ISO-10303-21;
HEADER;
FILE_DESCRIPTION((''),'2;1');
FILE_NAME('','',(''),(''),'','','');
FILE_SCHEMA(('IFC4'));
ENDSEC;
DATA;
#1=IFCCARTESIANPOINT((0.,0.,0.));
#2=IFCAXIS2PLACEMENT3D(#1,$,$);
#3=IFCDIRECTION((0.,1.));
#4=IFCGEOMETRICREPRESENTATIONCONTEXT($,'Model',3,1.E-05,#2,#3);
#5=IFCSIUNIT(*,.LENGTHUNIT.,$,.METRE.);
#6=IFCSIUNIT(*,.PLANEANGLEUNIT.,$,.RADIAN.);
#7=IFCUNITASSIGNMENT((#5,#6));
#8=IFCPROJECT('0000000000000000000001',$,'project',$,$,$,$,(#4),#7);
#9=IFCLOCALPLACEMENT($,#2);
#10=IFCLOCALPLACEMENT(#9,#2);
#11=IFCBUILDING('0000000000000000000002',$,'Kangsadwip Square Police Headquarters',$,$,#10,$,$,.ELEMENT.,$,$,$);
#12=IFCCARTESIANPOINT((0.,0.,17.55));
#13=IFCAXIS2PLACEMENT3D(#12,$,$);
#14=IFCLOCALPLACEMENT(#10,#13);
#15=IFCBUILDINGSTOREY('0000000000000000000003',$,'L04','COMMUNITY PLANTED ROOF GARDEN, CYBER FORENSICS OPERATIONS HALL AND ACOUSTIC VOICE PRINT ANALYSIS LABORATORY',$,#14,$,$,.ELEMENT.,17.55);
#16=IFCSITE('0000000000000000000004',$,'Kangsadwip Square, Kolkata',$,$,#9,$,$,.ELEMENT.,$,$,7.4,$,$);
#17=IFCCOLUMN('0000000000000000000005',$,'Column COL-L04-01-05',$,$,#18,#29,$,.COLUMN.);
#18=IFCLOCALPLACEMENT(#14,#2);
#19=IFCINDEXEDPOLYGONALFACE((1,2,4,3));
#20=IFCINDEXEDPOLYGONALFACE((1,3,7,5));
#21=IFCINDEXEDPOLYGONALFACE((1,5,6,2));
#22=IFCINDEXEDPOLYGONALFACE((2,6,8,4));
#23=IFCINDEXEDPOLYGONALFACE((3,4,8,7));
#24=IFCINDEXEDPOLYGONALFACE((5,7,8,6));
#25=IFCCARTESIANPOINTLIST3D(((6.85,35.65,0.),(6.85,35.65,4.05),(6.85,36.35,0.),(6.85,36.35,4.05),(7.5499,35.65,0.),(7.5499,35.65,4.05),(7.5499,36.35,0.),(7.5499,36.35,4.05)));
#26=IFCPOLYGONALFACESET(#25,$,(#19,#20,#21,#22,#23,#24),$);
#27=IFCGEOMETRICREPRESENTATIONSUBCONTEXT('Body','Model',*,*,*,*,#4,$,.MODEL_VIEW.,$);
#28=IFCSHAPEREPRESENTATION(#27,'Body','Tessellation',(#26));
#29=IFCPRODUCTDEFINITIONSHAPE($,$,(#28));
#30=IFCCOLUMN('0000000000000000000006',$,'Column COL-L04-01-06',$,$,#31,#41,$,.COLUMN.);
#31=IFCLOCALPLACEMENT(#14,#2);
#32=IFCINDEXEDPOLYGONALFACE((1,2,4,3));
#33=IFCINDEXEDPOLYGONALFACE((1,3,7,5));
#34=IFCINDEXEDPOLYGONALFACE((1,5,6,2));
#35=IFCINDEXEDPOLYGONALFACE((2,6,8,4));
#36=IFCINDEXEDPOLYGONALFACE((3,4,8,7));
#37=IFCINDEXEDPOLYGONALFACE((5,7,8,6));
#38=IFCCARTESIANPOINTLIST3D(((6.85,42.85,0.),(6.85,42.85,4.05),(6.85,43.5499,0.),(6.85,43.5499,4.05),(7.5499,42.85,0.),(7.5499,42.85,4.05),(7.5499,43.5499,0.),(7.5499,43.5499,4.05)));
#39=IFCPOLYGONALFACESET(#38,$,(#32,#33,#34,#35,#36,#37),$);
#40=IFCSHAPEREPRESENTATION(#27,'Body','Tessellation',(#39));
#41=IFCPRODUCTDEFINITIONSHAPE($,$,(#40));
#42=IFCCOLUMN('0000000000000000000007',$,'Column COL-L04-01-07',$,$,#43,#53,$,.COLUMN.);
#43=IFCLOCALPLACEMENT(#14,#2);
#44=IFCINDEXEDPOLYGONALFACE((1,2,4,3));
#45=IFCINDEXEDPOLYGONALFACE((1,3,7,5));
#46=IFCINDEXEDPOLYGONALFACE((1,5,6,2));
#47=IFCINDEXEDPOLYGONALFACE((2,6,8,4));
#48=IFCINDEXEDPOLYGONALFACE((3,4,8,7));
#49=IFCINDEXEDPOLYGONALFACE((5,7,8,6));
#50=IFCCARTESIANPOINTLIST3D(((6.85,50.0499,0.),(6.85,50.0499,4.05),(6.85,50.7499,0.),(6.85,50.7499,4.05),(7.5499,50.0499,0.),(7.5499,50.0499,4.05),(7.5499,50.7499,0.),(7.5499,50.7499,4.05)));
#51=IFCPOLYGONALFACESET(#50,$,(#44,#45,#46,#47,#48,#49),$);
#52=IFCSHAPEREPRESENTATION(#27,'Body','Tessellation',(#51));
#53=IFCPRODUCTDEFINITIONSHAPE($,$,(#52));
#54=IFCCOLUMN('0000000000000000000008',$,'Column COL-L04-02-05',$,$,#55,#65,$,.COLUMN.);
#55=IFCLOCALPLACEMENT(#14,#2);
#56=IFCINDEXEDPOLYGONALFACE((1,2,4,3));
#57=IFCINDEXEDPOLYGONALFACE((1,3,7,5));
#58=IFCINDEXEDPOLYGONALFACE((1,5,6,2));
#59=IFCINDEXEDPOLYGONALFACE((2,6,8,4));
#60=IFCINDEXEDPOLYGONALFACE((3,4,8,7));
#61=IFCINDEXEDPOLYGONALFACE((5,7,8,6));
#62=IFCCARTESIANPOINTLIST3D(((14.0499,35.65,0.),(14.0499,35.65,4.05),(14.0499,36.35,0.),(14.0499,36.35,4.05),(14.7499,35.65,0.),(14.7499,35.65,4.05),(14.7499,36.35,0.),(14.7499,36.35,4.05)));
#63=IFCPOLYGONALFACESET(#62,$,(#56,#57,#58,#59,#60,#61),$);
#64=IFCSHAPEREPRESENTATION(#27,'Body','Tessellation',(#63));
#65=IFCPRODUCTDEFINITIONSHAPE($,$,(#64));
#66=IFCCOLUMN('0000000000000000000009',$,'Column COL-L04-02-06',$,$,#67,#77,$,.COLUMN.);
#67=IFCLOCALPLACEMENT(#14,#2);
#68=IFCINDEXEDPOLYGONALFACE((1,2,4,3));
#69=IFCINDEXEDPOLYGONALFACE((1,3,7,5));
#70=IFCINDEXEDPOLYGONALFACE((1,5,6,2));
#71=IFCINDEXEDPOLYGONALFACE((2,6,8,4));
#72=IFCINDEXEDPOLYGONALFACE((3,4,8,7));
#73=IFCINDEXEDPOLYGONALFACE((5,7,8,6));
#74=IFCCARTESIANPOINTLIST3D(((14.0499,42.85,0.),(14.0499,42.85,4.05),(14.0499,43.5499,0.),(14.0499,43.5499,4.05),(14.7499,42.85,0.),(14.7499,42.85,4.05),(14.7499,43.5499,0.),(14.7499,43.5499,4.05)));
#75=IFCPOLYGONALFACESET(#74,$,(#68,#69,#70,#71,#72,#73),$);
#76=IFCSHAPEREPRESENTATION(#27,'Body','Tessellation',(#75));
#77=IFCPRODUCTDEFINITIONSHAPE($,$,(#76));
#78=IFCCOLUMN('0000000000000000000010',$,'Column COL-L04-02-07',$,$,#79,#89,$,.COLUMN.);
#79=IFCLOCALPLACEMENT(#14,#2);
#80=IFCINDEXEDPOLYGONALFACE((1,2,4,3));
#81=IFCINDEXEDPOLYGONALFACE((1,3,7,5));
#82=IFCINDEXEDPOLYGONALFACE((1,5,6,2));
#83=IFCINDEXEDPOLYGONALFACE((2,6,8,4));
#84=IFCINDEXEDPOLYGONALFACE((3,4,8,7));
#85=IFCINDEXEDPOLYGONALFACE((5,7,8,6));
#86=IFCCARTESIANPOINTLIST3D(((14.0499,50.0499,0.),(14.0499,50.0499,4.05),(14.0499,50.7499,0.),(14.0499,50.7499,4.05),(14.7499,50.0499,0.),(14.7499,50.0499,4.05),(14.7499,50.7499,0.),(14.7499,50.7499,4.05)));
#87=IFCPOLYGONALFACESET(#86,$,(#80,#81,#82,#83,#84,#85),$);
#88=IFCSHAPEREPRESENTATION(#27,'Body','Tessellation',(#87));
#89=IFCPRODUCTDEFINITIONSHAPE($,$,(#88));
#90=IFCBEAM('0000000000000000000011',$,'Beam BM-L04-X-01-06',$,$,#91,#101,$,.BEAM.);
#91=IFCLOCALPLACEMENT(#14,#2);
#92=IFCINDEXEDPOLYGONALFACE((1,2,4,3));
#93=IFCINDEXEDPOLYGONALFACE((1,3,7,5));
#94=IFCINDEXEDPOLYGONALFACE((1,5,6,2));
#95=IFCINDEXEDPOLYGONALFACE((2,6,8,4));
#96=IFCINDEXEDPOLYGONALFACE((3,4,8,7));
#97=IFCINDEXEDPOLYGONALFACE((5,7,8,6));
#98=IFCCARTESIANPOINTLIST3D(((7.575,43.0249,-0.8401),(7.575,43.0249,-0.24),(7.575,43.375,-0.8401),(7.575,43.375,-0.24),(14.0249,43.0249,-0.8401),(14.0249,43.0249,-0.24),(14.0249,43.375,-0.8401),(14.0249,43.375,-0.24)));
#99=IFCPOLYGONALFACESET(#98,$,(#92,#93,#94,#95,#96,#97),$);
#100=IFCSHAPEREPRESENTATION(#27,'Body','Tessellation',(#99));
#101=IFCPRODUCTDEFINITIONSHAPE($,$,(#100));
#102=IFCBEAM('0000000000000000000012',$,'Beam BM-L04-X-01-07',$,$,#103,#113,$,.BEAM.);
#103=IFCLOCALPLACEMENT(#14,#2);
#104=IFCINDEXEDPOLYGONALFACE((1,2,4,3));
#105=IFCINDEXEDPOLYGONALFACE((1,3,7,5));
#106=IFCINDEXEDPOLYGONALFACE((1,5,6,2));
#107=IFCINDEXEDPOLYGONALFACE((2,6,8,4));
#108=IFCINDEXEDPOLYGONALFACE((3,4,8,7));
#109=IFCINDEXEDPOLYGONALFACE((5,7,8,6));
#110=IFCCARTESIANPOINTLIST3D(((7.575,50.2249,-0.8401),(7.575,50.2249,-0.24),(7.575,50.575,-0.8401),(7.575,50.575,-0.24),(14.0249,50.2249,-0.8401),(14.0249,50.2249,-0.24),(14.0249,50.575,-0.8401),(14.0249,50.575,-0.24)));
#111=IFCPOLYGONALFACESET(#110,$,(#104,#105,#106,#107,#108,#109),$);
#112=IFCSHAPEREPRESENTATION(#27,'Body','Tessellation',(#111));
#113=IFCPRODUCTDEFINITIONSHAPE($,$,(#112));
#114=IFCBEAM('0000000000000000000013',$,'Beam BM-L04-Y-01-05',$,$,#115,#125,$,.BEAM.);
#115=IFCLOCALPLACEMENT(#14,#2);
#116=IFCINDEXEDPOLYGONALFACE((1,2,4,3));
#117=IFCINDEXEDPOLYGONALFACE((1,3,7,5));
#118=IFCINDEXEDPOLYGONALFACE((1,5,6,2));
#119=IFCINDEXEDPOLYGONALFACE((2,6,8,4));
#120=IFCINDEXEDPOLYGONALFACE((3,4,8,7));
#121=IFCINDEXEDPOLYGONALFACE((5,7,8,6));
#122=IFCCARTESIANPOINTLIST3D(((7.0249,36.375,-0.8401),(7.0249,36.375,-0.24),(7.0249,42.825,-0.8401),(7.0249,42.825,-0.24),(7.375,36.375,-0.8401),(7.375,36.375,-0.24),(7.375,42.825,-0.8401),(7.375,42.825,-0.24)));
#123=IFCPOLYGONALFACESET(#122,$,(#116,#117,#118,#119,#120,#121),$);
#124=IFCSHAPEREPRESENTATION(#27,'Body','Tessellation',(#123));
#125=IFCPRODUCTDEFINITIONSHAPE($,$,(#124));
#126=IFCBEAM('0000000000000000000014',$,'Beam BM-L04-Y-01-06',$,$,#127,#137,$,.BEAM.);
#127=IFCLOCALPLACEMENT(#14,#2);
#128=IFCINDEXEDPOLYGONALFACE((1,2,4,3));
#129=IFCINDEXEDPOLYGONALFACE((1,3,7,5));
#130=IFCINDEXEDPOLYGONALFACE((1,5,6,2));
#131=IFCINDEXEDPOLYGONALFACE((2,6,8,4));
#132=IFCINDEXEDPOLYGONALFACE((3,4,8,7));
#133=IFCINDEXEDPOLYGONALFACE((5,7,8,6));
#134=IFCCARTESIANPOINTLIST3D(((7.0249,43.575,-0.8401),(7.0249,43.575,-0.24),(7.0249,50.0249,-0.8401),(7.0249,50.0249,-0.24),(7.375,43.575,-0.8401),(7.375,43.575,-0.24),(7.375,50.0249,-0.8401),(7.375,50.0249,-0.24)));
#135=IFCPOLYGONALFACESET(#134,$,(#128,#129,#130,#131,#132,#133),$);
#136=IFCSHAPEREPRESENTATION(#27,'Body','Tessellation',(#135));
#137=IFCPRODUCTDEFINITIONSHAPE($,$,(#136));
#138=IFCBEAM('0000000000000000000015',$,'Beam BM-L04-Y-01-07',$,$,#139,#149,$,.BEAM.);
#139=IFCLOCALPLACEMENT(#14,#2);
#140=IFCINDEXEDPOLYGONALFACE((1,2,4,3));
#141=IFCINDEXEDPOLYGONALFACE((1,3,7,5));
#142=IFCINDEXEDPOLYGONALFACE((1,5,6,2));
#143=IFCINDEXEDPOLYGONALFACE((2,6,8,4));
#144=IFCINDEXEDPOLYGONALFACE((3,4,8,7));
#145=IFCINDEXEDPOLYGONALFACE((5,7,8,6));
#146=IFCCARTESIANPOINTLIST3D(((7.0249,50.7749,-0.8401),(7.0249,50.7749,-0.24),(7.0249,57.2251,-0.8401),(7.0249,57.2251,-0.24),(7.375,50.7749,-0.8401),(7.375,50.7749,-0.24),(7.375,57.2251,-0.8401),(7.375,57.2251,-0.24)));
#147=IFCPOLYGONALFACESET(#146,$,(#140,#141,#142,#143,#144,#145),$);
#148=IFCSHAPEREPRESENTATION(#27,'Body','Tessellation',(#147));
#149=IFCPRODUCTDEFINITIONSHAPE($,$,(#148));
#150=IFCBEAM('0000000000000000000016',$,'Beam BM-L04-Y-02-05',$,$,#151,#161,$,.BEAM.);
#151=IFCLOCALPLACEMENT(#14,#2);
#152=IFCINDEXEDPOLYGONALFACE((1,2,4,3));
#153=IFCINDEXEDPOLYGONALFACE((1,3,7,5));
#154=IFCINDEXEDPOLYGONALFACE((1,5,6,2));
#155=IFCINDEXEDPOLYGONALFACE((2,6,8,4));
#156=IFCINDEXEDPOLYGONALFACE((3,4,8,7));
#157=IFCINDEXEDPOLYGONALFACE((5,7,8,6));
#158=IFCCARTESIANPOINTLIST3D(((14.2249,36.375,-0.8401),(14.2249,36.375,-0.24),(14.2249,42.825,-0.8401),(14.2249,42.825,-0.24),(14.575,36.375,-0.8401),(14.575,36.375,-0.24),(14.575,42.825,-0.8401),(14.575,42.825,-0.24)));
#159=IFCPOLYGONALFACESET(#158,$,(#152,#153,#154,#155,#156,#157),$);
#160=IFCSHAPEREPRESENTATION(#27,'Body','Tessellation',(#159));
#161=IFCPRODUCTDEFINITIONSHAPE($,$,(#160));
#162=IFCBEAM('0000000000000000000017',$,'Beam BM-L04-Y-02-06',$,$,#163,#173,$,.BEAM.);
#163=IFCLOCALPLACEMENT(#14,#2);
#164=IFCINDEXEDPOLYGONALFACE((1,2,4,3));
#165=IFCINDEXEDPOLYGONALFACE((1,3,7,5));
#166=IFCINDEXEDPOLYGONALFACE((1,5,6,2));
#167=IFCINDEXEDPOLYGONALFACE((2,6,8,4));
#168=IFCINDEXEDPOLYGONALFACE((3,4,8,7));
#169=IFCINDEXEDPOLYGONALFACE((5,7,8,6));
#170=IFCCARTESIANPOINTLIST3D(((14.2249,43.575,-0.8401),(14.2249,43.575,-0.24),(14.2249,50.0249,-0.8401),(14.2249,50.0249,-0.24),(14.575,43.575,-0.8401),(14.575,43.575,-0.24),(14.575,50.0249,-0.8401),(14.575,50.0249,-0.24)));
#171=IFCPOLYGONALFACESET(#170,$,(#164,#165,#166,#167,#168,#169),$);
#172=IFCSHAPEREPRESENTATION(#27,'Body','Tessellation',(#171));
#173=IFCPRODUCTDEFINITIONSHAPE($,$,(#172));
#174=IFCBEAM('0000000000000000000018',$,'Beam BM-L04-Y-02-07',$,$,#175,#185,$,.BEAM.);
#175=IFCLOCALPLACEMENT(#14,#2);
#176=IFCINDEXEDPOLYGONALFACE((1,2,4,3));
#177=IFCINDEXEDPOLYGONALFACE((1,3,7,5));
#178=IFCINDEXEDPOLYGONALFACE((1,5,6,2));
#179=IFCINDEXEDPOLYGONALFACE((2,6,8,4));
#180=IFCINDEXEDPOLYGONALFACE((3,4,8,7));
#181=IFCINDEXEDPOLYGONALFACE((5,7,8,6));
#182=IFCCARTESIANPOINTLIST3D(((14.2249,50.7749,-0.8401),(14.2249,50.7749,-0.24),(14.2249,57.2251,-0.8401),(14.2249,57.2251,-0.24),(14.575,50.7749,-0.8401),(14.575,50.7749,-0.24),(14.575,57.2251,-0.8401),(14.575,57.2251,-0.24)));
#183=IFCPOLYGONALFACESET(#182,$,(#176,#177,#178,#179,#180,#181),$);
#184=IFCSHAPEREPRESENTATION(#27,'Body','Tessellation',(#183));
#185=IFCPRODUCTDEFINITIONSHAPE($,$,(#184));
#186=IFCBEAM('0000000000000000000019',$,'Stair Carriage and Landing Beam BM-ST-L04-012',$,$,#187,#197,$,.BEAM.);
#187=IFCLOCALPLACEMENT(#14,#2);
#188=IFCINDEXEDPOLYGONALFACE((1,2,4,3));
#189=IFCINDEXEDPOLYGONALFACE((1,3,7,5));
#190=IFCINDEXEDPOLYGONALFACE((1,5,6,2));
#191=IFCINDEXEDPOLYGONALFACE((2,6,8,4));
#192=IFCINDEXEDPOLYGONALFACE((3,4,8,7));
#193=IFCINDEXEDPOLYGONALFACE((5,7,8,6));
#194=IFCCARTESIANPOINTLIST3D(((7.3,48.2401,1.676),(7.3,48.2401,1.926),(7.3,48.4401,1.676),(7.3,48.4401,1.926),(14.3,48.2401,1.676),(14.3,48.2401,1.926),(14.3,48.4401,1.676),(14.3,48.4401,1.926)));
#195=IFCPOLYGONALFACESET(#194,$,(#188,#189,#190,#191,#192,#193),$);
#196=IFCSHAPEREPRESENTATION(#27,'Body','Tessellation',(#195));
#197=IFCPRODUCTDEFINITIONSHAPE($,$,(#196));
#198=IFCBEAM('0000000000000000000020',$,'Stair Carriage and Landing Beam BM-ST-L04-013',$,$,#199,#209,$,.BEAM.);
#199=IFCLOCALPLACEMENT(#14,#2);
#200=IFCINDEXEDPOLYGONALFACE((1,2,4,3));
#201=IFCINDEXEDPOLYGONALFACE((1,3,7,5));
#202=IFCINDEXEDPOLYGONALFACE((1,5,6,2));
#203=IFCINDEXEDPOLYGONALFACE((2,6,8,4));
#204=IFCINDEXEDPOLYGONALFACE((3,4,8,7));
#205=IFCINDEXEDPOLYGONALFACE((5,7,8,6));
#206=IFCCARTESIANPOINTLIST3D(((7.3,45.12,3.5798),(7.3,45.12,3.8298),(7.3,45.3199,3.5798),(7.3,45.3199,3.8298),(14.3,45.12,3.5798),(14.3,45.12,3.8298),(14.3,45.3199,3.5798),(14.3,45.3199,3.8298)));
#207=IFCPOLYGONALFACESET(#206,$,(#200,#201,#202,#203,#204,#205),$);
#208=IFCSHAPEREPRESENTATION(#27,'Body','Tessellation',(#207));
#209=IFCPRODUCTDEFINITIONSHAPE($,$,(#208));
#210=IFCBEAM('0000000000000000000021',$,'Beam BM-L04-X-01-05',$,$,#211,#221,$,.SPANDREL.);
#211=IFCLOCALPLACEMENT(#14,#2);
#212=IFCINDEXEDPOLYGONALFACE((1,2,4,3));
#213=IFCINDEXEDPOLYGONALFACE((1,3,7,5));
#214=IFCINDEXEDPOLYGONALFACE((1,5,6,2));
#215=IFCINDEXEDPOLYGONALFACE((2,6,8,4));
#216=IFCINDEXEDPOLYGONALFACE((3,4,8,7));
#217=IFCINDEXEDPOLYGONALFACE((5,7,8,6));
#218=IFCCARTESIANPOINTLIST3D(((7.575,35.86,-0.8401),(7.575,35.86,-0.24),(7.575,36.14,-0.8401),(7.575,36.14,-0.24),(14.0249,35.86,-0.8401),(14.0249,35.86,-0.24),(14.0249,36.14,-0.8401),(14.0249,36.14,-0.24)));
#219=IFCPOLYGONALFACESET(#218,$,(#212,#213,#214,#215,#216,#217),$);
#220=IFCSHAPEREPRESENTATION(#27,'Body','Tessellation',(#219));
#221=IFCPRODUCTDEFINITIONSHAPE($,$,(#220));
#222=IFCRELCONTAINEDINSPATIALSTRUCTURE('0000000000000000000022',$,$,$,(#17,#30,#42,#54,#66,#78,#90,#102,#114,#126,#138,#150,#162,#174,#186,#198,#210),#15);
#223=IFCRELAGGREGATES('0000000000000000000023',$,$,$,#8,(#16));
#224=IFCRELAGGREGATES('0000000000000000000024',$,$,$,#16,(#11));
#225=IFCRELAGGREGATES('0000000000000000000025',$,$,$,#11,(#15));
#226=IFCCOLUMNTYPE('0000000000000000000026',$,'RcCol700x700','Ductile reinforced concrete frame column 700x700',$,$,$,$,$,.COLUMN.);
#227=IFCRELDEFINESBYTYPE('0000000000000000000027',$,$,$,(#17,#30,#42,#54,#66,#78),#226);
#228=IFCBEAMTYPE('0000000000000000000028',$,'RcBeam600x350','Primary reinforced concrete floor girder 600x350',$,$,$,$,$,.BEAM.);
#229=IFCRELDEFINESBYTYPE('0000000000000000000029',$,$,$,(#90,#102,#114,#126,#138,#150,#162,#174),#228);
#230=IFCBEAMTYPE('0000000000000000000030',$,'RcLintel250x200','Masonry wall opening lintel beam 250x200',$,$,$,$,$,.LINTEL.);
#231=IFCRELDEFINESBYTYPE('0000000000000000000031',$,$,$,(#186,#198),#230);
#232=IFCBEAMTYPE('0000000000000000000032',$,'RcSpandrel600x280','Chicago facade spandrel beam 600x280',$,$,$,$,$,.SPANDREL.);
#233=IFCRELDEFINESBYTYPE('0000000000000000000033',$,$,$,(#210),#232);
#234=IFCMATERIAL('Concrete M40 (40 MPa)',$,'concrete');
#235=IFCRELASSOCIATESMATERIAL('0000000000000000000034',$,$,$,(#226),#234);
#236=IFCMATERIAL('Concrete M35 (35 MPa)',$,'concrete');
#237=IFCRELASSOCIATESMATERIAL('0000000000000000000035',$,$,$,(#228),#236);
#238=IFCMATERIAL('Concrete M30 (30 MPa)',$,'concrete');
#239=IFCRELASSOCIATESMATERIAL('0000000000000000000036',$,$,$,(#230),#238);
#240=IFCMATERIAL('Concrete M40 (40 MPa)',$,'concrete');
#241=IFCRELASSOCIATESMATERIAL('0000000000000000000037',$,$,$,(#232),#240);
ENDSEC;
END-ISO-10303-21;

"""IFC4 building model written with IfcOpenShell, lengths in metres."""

from ifc_helpers import new_model, si_unit, direction, frame, origin, origin_2d, place, context, subcontext, project, spatial, rectangle, extrude, material, material_profile, profile_set, type_object, element, save


model = new_model("IFC4")

# Units and contexts
model_context = context("Model", 3, precision=1e-05, world=origin(), true_north=direction((0.0, 1.0)))
body_context = subcontext(model_context, "Body", "Model", "MODEL_VIEW")
ifc_project = project(units=[si_unit("LENGTHUNIT", "METRE"), si_unit("PLANEANGLEUNIT", "RADIAN")], contexts=[model_context])

# Site, building, storey
site_placement = place(None, origin())
site = spatial("IfcSite", under=ifc_project, at=site_placement, Name="Kangsadwip Square, Kolkata", CompositionType="ELEMENT", RefElevation=7.4)
building_placement = place(site_placement, origin())
building = spatial("IfcBuilding", under=site, at=building_placement, Name="Kangsadwip Square Police Headquarters", CompositionType="ELEMENT")
storey_placement = place(building_placement, frame((0.0, 0.0, 17.55)))
storey = spatial("IfcBuildingStorey", under=building, at=storey_placement, Name="L04", Description="COMMUNITY PLANTED ROOF GARDEN, CYBER FORENSICS OPERATIONS HALL AND ACOUSTIC VOICE PRINT ANALYSIS LABORATORY", CompositionType="ELEMENT", Elevation=17.55)

# Columns
ifc_material_1 = material(Name="Concrete M40 (40 MPa)", Category="concrete")
ifc_material_profile_1 = material_profile(ifc_material_1, rectangle(XDim=0.7, YDim=0.7, at=origin_2d()), Name="RC COL 700X700")
ifc_profile_set_1 = profile_set([ifc_material_profile_1], Name="Concrete M40 (40 MPa)")
column_type = type_object("IfcColumnType", Name="RcCol700x700", Description="Ductile reinforced concrete frame column 700x700", PredefinedType="COLUMN", material=ifc_profile_set_1)
for number, where, z_axis, x_axis, name in (
    (1, (7.2, 36.0, 0.0), (0.0, 0.0, 1.0), (1.0, 0.0, 0.0), "Column COL-L04-01-05"),
    (2, (7.2, 43.2, 0.0), (0.0, 0.0, 1.0), (1.0, 0.0, 0.0), "Column COL-L04-01-06"),
    (3, (7.2, 50.3999, 0.0), (0.0, 0.0, 1.0), (1.0, 0.0, 0.0), "Column COL-L04-01-07"),
    (4, (14.3999, 36.0, 0.0), (0.0, 0.0, 1.0), (1.0, 0.0, 0.0), "Column COL-L04-02-05"),
    (5, (14.3999, 43.2, 0.0), (0.0, 0.0, 1.0), (1.0, 0.0, 0.0), "Column COL-L04-02-06"),
    (6, (14.3999, 50.3999, 0.0), (0.0, 0.0, 1.0), (1.0, 0.0, 0.0), "Column COL-L04-02-07"),
):
    element("IfcColumn", number, at=place(storey_placement, frame(where, z_axis=z_axis, x_axis=x_axis)), inside=storey, type_object=column_type, Name=name, PredefinedType="COLUMN", context=body_context, shape_type="SweptSolid", body=[
        extrude(rectangle(XDim=0.7, YDim=0.7, at=origin_2d()), origin(), (0.0, 0.0, 1.0), 4.05),
    ])

# Beams
ifc_material_2 = material(Name="Concrete M35 (35 MPa)", Category="concrete")
ifc_material_profile_2 = material_profile(ifc_material_2, rectangle(XDim=0.3501, YDim=0.6001, at=origin_2d()), Name="RC BM 600X350")
ifc_profile_set_2 = profile_set([ifc_material_profile_2], Name="Concrete M35 (35 MPa)")
beam_type_1 = type_object("IfcBeamType", Name="RcBeam600x350", Description="Primary reinforced concrete floor girder 600x350", PredefinedType="BEAM", material=ifc_profile_set_2)
for number, where, z_axis, x_axis, name in (
    (7, (7.575, 43.2, -0.54), (1.0, 0.0, 0.0), (0.0, 1.0, 0.0), "Beam BM-L04-X-01-06"),
    (8, (7.575, 50.3999, -0.54), (1.0, 0.0, 0.0), (0.0, 1.0, 0.0), "Beam BM-L04-X-01-07"),
    (9, (7.2, 36.375, -0.54), (0.0, 1.0, 0.0), (-1.0, 0.0, 0.0), "Beam BM-L04-Y-01-05"),
    (10, (7.2, 43.575, -0.54), (0.0, 1.0, 0.0), (-1.0, 0.0, 0.0), "Beam BM-L04-Y-01-06"),
):
    element("IfcBeam", number, at=place(storey_placement, frame(where, z_axis=z_axis, x_axis=x_axis)), inside=storey, type_object=beam_type_1, Name=name, PredefinedType="BEAM", context=body_context, shape_type="SweptSolid", body=[
        extrude(rectangle(XDim=0.3501, YDim=0.6001, at=origin_2d()), origin(), (0.0, 0.0, 1.0), 6.45),
    ])
beam_1_placement = place(storey_placement, frame((7.2, 50.7749, -0.54), z_axis=(0.0, 1.0, 0.0), x_axis=(-1.0, 0.0, 0.0)))
element("IfcBeam", 11, at=beam_1_placement, inside=storey, type_object=beam_type_1, Name="Beam BM-L04-Y-01-07", PredefinedType="BEAM", context=body_context, shape_type="SweptSolid", body=[
    extrude(rectangle(XDim=0.3501, YDim=0.6001, at=origin_2d()), origin(), (0.0, 0.0, 1.0), 6.4502),
])
for number, where, z_axis, x_axis, name in (
    (12, (14.3999, 36.375, -0.54), (0.0, 1.0, 0.0), (-1.0, 0.0, 0.0), "Beam BM-L04-Y-02-05"),
    (13, (14.3999, 43.575, -0.54), (0.0, 1.0, 0.0), (-1.0, 0.0, 0.0), "Beam BM-L04-Y-02-06"),
):
    element("IfcBeam", number, at=place(storey_placement, frame(where, z_axis=z_axis, x_axis=x_axis)), inside=storey, type_object=beam_type_1, Name=name, PredefinedType="BEAM", context=body_context, shape_type="SweptSolid", body=[
        extrude(rectangle(XDim=0.3501, YDim=0.6001, at=origin_2d()), origin(), (0.0, 0.0, 1.0), 6.45),
    ])
beam_2_placement = place(storey_placement, frame((14.3999, 50.7749, -0.54), z_axis=(0.0, 1.0, 0.0), x_axis=(-1.0, 0.0, 0.0)))
element("IfcBeam", 14, at=beam_2_placement, inside=storey, type_object=beam_type_1, Name="Beam BM-L04-Y-02-07", PredefinedType="BEAM", context=body_context, shape_type="SweptSolid", body=[
    extrude(rectangle(XDim=0.3501, YDim=0.6001, at=origin_2d()), origin(), (0.0, 0.0, 1.0), 6.4502),
])
ifc_material_3 = material(Name="Concrete M30 (30 MPa)", Category="concrete")
ifc_material_profile_3 = material_profile(ifc_material_3, rectangle(XDim=0.2, YDim=0.25, at=origin_2d()), Name="RC LNT 250X200")
ifc_profile_set_3 = profile_set([ifc_material_profile_3], Name="Concrete M30 (30 MPa)")
beam_type_2 = type_object("IfcBeamType", Name="RcLintel250x200", Description="Masonry wall opening lintel beam 250x200", PredefinedType="LINTEL", material=ifc_profile_set_3)
for number, where, z_axis, x_axis, name in (
    (15, (7.3, 48.3401, 1.801), (1.0, 0.0, 0.0), (0.0, 1.0, 0.0), "Stair Carriage and Landing Beam BM-ST-L04-012"),
    (16, (7.3, 45.22, 3.7048), (1.0, 0.0, 0.0), (0.0, 1.0, 0.0), "Stair Carriage and Landing Beam BM-ST-L04-013"),
):
    element("IfcBeam", number, at=place(storey_placement, frame(where, z_axis=z_axis, x_axis=x_axis)), inside=storey, type_object=beam_type_2, Name=name, PredefinedType="BEAM", context=body_context, shape_type="SweptSolid", body=[
        extrude(rectangle(XDim=0.2, YDim=0.25, at=origin_2d()), origin(), (0.0, 0.0, 1.0), 7.0),
    ])
ifc_material_4 = material(Name="Concrete M40 (40 MPa)", Category="concrete")
ifc_material_profile_4 = material_profile(ifc_material_4, rectangle(XDim=0.28, YDim=0.6001, at=origin_2d()), Name="RC SPN 600X280")
ifc_profile_set_4 = profile_set([ifc_material_profile_4], Name="Concrete M40 (40 MPa)")
beam_type_3 = type_object("IfcBeamType", Name="RcSpandrel600x280", Description="Chicago facade spandrel beam 600x280", PredefinedType="SPANDREL", material=ifc_profile_set_4)
beam_3_placement = place(storey_placement, frame((7.575, 36.0, -0.54), z_axis=(1.0, 0.0, 0.0), x_axis=(0.0, 1.0, 0.0)))
element("IfcBeam", 17, at=beam_3_placement, inside=storey, type_object=beam_type_3, Name="Beam BM-L04-X-01-05", PredefinedType="SPANDREL", context=body_context, shape_type="SweptSolid", body=[
    extrude(rectangle(XDim=0.28, YDim=0.6001, at=origin_2d()), origin(), (0.0, 0.0, 1.0), 6.45),
])

save(model, "model.ifc")
